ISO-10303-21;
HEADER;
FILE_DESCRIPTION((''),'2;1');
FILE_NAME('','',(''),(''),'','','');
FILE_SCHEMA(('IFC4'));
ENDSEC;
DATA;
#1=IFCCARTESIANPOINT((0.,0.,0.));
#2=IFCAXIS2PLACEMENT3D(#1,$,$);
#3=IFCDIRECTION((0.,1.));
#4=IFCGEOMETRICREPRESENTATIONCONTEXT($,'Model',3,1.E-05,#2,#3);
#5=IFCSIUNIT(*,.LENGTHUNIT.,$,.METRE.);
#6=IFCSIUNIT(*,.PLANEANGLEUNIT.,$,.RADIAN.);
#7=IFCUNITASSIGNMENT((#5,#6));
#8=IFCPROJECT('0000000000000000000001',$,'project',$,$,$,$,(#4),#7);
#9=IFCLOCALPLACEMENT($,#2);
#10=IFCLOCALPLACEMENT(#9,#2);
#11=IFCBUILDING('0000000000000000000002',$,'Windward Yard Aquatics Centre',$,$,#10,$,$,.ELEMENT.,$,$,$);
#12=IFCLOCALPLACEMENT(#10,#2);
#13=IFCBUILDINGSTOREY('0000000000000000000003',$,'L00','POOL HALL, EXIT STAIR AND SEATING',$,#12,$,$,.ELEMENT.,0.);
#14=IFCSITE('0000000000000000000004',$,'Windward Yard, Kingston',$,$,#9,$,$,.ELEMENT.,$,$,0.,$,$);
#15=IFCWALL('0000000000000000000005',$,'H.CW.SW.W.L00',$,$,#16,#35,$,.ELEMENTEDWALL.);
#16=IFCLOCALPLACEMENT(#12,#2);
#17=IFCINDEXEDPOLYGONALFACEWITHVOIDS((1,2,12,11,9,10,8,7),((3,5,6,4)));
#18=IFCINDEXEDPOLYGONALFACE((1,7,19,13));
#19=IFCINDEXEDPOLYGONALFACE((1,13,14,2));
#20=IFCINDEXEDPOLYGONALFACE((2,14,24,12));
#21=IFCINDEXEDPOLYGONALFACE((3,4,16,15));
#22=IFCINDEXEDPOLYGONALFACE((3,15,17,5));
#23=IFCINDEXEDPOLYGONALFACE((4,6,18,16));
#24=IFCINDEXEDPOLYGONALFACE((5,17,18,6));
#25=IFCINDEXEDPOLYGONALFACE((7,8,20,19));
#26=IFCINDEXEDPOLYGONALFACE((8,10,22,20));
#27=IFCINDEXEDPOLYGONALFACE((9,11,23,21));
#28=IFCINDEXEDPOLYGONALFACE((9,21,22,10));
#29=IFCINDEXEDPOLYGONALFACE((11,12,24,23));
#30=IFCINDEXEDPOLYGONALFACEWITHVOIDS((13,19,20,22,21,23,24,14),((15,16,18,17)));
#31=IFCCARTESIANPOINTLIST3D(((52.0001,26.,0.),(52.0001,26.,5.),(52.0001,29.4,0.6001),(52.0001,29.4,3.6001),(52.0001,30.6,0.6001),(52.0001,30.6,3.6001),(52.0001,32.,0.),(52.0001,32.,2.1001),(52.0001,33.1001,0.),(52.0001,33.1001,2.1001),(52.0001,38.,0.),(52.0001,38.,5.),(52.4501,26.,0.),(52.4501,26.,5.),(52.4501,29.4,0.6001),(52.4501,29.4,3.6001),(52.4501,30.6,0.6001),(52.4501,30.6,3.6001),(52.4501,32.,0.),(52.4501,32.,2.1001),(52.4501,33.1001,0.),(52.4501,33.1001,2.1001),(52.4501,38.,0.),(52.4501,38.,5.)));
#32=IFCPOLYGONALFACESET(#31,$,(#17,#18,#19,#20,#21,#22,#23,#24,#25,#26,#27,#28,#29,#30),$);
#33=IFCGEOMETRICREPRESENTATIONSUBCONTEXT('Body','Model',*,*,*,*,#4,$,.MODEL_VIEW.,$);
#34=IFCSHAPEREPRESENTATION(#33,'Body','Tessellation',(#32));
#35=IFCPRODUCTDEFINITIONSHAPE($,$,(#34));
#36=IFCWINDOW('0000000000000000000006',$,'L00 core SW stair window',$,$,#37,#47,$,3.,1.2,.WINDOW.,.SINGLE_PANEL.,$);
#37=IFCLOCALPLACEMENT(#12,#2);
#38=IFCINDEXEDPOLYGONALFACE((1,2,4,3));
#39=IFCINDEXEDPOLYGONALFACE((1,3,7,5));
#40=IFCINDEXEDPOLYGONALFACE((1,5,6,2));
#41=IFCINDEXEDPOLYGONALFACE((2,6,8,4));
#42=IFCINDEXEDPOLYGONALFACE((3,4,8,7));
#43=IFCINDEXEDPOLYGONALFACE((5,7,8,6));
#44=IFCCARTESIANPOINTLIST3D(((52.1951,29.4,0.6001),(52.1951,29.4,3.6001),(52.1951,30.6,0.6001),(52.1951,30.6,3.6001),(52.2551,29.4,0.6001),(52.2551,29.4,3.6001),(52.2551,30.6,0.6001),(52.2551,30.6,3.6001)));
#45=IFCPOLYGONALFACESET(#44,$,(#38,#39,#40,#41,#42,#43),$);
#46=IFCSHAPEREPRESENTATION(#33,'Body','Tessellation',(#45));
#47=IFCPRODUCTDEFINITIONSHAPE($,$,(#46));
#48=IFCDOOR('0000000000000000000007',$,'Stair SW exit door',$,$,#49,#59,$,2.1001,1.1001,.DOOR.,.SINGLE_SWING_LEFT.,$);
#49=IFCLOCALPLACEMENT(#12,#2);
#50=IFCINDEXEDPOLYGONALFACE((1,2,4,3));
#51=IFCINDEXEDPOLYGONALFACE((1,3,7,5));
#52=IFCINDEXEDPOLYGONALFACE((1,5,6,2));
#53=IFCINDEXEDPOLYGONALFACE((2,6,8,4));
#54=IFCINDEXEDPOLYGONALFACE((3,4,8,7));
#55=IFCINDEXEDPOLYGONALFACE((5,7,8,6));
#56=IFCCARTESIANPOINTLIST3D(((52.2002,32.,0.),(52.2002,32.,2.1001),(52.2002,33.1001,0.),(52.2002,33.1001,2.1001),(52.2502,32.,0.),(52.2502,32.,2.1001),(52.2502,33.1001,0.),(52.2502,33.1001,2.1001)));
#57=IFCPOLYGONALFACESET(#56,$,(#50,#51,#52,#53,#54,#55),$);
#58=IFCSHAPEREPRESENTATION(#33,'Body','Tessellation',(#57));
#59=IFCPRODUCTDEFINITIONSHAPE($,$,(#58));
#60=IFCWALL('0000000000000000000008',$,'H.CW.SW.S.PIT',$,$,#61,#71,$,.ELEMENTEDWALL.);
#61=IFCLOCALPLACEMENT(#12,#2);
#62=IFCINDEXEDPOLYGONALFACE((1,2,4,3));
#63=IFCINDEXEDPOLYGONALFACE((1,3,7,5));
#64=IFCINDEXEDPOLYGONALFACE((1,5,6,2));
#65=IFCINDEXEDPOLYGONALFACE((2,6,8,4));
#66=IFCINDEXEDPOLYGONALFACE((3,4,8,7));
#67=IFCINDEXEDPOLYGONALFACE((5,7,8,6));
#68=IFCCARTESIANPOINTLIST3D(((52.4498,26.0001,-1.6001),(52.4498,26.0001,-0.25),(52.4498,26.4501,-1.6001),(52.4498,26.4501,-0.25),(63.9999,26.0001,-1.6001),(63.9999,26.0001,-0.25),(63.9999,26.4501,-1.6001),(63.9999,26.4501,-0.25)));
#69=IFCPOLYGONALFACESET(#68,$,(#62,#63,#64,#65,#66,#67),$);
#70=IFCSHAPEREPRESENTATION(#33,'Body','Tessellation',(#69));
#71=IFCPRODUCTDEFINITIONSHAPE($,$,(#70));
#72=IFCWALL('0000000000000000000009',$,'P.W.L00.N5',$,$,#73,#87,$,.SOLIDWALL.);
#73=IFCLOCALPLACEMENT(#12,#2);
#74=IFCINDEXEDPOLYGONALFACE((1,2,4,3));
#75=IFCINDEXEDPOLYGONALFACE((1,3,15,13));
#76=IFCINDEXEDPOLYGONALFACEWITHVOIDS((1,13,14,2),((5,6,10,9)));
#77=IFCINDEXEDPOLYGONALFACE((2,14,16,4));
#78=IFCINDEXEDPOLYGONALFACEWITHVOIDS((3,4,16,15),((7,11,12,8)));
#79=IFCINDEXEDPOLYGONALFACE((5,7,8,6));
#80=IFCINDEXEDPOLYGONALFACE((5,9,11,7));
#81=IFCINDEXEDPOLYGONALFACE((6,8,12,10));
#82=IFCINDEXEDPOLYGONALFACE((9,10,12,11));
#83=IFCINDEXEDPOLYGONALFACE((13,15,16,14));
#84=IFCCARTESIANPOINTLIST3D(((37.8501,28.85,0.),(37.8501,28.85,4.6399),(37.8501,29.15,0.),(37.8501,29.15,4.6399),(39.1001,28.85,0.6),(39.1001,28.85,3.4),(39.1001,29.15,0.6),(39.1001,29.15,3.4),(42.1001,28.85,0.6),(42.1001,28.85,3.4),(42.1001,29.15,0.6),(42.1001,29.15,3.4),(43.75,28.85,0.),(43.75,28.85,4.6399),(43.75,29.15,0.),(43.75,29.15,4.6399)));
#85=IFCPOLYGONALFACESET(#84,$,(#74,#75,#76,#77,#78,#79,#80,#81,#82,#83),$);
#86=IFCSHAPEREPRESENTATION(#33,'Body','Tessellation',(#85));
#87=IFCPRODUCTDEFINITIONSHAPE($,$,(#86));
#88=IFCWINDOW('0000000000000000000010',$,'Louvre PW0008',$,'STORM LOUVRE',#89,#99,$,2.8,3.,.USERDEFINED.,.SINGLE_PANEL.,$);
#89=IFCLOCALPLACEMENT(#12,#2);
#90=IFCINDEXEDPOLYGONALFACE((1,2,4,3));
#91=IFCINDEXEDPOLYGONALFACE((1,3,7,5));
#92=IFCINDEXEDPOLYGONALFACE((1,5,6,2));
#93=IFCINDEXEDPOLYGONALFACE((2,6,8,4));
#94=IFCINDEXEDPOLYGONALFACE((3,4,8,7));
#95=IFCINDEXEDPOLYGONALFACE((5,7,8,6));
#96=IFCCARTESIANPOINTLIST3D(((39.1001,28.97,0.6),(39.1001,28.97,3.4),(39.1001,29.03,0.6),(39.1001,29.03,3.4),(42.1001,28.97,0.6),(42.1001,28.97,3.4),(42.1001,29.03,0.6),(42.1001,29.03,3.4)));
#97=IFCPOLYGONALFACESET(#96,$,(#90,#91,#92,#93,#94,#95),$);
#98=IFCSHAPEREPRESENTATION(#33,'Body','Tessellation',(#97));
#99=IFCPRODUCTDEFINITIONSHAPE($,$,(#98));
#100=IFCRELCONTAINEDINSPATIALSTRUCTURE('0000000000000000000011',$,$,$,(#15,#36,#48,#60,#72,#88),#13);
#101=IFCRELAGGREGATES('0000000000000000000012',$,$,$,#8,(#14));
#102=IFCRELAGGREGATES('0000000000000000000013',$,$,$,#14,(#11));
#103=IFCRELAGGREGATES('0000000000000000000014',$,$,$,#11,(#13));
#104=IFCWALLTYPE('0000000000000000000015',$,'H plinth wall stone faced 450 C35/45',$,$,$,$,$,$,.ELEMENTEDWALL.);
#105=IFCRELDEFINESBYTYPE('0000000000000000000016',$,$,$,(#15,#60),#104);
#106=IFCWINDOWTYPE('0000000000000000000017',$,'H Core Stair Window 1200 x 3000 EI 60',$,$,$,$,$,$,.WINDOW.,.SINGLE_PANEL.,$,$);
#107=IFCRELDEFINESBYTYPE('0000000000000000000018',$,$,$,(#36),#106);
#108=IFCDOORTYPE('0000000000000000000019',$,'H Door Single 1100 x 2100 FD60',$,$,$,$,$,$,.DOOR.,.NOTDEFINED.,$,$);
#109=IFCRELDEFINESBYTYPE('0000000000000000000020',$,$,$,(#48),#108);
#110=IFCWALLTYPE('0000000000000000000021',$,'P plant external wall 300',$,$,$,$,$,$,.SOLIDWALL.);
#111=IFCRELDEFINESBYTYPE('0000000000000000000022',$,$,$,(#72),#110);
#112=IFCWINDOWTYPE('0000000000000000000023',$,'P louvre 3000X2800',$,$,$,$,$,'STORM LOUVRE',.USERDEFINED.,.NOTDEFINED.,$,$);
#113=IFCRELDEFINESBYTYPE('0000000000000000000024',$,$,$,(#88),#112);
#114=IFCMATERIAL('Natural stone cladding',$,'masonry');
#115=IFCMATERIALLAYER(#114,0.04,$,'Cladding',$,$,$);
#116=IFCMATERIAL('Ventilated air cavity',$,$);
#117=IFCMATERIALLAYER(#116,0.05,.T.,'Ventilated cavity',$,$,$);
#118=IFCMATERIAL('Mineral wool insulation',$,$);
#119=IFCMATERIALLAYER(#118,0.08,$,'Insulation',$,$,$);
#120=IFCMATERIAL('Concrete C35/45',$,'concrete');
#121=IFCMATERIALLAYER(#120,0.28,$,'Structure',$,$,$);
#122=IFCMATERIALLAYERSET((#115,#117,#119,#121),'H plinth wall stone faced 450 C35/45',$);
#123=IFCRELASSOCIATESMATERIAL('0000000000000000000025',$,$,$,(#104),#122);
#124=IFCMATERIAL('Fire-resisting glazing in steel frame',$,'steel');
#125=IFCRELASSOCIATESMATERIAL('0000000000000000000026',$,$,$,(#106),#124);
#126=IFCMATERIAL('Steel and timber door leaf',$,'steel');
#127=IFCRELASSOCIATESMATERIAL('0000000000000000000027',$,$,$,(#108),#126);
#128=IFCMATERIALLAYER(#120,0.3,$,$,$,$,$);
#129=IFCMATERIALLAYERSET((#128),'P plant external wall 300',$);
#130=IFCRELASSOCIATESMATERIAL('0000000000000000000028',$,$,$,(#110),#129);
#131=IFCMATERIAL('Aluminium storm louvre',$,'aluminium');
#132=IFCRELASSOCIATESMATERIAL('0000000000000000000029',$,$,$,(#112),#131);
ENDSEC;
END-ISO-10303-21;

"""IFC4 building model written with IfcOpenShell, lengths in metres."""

from ifc_helpers import new_model, si_unit, direction, frame, frame_2d, origin, place, context, subcontext, project, spatial, rectangle, extrude, material, layer, layer_set, type_object, element, fill, save


model = new_model("IFC4")

# Units and contexts
model_context = context("Model", 3, precision=1e-05, world=origin(), true_north=direction((0.0, 1.0)))
body_context = subcontext(model_context, "Body", "Model", "MODEL_VIEW")
ifc_project = project(units=[si_unit("LENGTHUNIT", "METRE"), si_unit("PLANEANGLEUNIT", "RADIAN")], contexts=[model_context])

# Site, building, storey
site_placement = place(None, origin())
site = spatial("IfcSite", under=ifc_project, at=site_placement, Name="Windward Yard, Kingston", CompositionType="ELEMENT", RefElevation=0.0)
building_placement = place(site_placement, origin())
building = spatial("IfcBuilding", under=site, at=building_placement, Name="Windward Yard Aquatics Centre", CompositionType="ELEMENT")
storey_placement = place(building_placement, origin())
storey = spatial("IfcBuildingStorey", under=building, at=storey_placement, Name="L00", Description="POOL HALL, EXIT STAIR AND SEATING", CompositionType="ELEMENT", Elevation=0.0)

# Shared definitions
ifc_material_1 = material(Name="Concrete C35/45", Category="concrete")

# Shared definitions
ifc_material_2 = material(Name="Natural stone cladding", Category="masonry")
ifc_material_3 = material(Name="Ventilated air cavity")
ifc_material_4 = material(Name="Mineral wool insulation")
ifc_layer_1 = layer(ifc_material_2, 0.04, Name="Cladding")
ifc_layer_2 = layer(ifc_material_3, 0.05, ventilated=True, Name="Ventilated cavity")
ifc_layer_3 = layer(ifc_material_4, 0.08, Name="Insulation")
ifc_layer_4 = layer(ifc_material_1, 0.28, Name="Structure")
ifc_layer_set_1 = layer_set([ifc_layer_1, ifc_layer_2, ifc_layer_3, ifc_layer_4], Name="H plinth wall stone faced 450 C35/45")
wall_type_1 = type_object("IfcWallType", Name="H plinth wall stone faced 450 C35/45", PredefinedType="ELEMENTEDWALL", material=ifc_layer_set_1)

# Wall, openings, window, door
wall_1_placement = place(storey_placement, frame((52.2251, 26.0, 0.0), z_axis=(0.0, 0.0, 1.0), x_axis=(0.0, 1.0, 0.0)))
wall_1 = element("IfcWall", 1, at=wall_1_placement, inside=storey, type_object=wall_type_1, Name="H.CW.SW.W.L00", PredefinedType="ELEMENTEDWALL", context=body_context, shape_type="SweptSolid", body=[
    extrude(rectangle(XDim=12.0, YDim=0.45, at=frame_2d((6.0, 0.0))), origin(), (0.0, 0.0, 1.0), 5.0),
])
opening_1_placement = place(wall_1_placement, frame((6.0, 0.0, 0.0)))
opening_1 = element("IfcOpeningElement", 2, at=opening_1_placement, cuts=wall_1, PredefinedType="OPENING", context=body_context, shape_type="SweptSolid", body=[
    extrude(rectangle(XDim=1.1001, YDim=2.1001, at=frame_2d((0.55, 1.05))), frame((0.0, 0.2349, 0.0), z_axis=(0.0, -1.0, 0.0), x_axis=(1.0, 0.0, 0.0)), (0.0, 0.0, 1.0), 0.47),
])
opening_2_placement = place(wall_1_placement, frame((3.3999, 0.0, 0.6001)))
opening_2 = element("IfcOpeningElement", 3, at=opening_2_placement, cuts=wall_1, PredefinedType="OPENING", context=body_context, shape_type="SweptSolid", body=[
    extrude(rectangle(XDim=1.2, YDim=3.0, at=frame_2d((0.6001, 1.5))), frame((0.0, 0.2349, 0.0), z_axis=(0.0, -1.0, 0.0), x_axis=(1.0, 0.0, 0.0)), (0.0, 0.0, 1.0), 0.47),
])
ifc_material_5 = material(Name="Fire-resisting glazing in steel frame", Category="steel")
window_type_1 = type_object("IfcWindowType", Name="H Core Stair Window 1200 x 3000 EI 60", PartitioningType="SINGLE_PANEL", PredefinedType="WINDOW", material=ifc_material_5)
window_1_placement = place(opening_2_placement, origin())
window_1 = element("IfcWindow", 4, at=window_1_placement, inside=storey, type_object=window_type_1, Name="L00 core SW stair window", OverallHeight=3.0, OverallWidth=1.2, PartitioningType="SINGLE_PANEL", PredefinedType="WINDOW", context=body_context, shape_type="SweptSolid", body=[
    extrude(rectangle(XDim=1.2, YDim=3.0, at=frame_2d((0.6001, 1.5))), frame((0.0, 0.03, 0.0), z_axis=(0.0, -1.0, 0.0), x_axis=(1.0, 0.0, 0.0)), (0.0, 0.0, 1.0), 0.0601),
])
fill(opening_2, window_1)
ifc_material_6 = material(Name="Steel and timber door leaf", Category="steel")
door_type_1 = type_object("IfcDoorType", Name="H Door Single 1100 x 2100 FD60", OperationType="NOTDEFINED", PredefinedType="DOOR", material=ifc_material_6)
door_1_placement = place(opening_1_placement, origin())
door_1 = element("IfcDoor", 5, at=door_1_placement, inside=storey, type_object=door_type_1, Name="Stair SW exit door", OperationType="SINGLE_SWING_LEFT", OverallHeight=2.1001, OverallWidth=1.1001, PredefinedType="DOOR", context=body_context, shape_type="SweptSolid", body=[
    extrude(rectangle(XDim=1.1001, YDim=2.1001, at=frame_2d((0.55, 1.05))), frame((0.0, 0.0249, 0.0), z_axis=(0.0, -1.0, 0.0), x_axis=(1.0, 0.0, 0.0)), (0.0, 0.0, 1.0), 0.05),
])
fill(opening_1, door_1)

# Wall
wall_2_placement = place(storey_placement, frame((52.45, 26.2251, -1.6001), z_axis=(0.0, 0.0, 1.0), x_axis=(1.0, 0.0, 0.0)))
element("IfcWall", 6, at=wall_2_placement, inside=storey, type_object=wall_type_1, Name="H.CW.SW.S.PIT", PredefinedType="ELEMENTEDWALL", context=body_context, shape_type="SweptSolid", body=[
    extrude(rectangle(XDim=11.55, YDim=0.45, at=frame_2d((5.7749, 0.0))), origin(), (0.0, 0.0, 1.0), 1.3501),
])

# Wall, opening, window
ifc_layer_5 = layer(ifc_material_1, 0.3)
ifc_layer_set_2 = layer_set([ifc_layer_5], Name="P plant external wall 300")
wall_type_2 = type_object("IfcWallType", Name="P plant external wall 300", PredefinedType="SOLIDWALL", material=ifc_layer_set_2)
wall_3_placement = place(storey_placement, frame((37.8501, 29.0, 0.0), z_axis=(0.0, 0.0, 1.0), x_axis=(1.0, 0.0, 0.0)))
wall_3 = element("IfcWall", 7, at=wall_3_placement, inside=storey, type_object=wall_type_2, Name="P.W.L00.N5", PredefinedType="SOLIDWALL", context=body_context, shape_type="SweptSolid", body=[
    extrude(rectangle(XDim=5.8999, YDim=0.3, at=frame_2d((2.95, 0.0))), origin(), (0.0, 0.0, 1.0), 4.6399),
])
opening_3_placement = place(wall_3_placement, frame((1.25, 0.0, 0.6001)))
opening_3 = element("IfcOpeningElement", 8, at=opening_3_placement, cuts=wall_3, PredefinedType="OPENING", context=body_context, shape_type="SweptSolid", body=[
    extrude(rectangle(XDim=3.0, YDim=2.8, at=frame_2d((1.5, 1.3999))), frame((0.0, 0.1602, 0.0), z_axis=(0.0, -1.0, 0.0), x_axis=(1.0, 0.0, 0.0)), (0.0, 0.0, 1.0), 0.3201),
])
ifc_material_7 = material(Name="Aluminium storm louvre", Category="aluminium")
window_type_2 = type_object("IfcWindowType", Name="P louvre 3000X2800", ElementType="STORM LOUVRE", PartitioningType="NOTDEFINED", PredefinedType="USERDEFINED", material=ifc_material_7)
window_2_placement = place(opening_3_placement, origin())
window_2 = element("IfcWindow", 9, at=window_2_placement, inside=storey, type_object=window_type_2, Name="Louvre PW0008", ObjectType="STORM LOUVRE", OverallHeight=2.8, OverallWidth=3.0, PartitioningType="SINGLE_PANEL", PredefinedType="USERDEFINED", context=body_context, shape_type="SweptSolid", body=[
    extrude(rectangle(XDim=3.0, YDim=2.8, at=frame_2d((1.5, 1.3999))), frame((0.0, 0.03, 0.0), z_axis=(0.0, -1.0, 0.0), x_axis=(1.0, 0.0, 0.0)), (0.0, 0.0, 1.0), 0.0601),
])
fill(opening_3, window_2)

save(model, "model.ifc")
